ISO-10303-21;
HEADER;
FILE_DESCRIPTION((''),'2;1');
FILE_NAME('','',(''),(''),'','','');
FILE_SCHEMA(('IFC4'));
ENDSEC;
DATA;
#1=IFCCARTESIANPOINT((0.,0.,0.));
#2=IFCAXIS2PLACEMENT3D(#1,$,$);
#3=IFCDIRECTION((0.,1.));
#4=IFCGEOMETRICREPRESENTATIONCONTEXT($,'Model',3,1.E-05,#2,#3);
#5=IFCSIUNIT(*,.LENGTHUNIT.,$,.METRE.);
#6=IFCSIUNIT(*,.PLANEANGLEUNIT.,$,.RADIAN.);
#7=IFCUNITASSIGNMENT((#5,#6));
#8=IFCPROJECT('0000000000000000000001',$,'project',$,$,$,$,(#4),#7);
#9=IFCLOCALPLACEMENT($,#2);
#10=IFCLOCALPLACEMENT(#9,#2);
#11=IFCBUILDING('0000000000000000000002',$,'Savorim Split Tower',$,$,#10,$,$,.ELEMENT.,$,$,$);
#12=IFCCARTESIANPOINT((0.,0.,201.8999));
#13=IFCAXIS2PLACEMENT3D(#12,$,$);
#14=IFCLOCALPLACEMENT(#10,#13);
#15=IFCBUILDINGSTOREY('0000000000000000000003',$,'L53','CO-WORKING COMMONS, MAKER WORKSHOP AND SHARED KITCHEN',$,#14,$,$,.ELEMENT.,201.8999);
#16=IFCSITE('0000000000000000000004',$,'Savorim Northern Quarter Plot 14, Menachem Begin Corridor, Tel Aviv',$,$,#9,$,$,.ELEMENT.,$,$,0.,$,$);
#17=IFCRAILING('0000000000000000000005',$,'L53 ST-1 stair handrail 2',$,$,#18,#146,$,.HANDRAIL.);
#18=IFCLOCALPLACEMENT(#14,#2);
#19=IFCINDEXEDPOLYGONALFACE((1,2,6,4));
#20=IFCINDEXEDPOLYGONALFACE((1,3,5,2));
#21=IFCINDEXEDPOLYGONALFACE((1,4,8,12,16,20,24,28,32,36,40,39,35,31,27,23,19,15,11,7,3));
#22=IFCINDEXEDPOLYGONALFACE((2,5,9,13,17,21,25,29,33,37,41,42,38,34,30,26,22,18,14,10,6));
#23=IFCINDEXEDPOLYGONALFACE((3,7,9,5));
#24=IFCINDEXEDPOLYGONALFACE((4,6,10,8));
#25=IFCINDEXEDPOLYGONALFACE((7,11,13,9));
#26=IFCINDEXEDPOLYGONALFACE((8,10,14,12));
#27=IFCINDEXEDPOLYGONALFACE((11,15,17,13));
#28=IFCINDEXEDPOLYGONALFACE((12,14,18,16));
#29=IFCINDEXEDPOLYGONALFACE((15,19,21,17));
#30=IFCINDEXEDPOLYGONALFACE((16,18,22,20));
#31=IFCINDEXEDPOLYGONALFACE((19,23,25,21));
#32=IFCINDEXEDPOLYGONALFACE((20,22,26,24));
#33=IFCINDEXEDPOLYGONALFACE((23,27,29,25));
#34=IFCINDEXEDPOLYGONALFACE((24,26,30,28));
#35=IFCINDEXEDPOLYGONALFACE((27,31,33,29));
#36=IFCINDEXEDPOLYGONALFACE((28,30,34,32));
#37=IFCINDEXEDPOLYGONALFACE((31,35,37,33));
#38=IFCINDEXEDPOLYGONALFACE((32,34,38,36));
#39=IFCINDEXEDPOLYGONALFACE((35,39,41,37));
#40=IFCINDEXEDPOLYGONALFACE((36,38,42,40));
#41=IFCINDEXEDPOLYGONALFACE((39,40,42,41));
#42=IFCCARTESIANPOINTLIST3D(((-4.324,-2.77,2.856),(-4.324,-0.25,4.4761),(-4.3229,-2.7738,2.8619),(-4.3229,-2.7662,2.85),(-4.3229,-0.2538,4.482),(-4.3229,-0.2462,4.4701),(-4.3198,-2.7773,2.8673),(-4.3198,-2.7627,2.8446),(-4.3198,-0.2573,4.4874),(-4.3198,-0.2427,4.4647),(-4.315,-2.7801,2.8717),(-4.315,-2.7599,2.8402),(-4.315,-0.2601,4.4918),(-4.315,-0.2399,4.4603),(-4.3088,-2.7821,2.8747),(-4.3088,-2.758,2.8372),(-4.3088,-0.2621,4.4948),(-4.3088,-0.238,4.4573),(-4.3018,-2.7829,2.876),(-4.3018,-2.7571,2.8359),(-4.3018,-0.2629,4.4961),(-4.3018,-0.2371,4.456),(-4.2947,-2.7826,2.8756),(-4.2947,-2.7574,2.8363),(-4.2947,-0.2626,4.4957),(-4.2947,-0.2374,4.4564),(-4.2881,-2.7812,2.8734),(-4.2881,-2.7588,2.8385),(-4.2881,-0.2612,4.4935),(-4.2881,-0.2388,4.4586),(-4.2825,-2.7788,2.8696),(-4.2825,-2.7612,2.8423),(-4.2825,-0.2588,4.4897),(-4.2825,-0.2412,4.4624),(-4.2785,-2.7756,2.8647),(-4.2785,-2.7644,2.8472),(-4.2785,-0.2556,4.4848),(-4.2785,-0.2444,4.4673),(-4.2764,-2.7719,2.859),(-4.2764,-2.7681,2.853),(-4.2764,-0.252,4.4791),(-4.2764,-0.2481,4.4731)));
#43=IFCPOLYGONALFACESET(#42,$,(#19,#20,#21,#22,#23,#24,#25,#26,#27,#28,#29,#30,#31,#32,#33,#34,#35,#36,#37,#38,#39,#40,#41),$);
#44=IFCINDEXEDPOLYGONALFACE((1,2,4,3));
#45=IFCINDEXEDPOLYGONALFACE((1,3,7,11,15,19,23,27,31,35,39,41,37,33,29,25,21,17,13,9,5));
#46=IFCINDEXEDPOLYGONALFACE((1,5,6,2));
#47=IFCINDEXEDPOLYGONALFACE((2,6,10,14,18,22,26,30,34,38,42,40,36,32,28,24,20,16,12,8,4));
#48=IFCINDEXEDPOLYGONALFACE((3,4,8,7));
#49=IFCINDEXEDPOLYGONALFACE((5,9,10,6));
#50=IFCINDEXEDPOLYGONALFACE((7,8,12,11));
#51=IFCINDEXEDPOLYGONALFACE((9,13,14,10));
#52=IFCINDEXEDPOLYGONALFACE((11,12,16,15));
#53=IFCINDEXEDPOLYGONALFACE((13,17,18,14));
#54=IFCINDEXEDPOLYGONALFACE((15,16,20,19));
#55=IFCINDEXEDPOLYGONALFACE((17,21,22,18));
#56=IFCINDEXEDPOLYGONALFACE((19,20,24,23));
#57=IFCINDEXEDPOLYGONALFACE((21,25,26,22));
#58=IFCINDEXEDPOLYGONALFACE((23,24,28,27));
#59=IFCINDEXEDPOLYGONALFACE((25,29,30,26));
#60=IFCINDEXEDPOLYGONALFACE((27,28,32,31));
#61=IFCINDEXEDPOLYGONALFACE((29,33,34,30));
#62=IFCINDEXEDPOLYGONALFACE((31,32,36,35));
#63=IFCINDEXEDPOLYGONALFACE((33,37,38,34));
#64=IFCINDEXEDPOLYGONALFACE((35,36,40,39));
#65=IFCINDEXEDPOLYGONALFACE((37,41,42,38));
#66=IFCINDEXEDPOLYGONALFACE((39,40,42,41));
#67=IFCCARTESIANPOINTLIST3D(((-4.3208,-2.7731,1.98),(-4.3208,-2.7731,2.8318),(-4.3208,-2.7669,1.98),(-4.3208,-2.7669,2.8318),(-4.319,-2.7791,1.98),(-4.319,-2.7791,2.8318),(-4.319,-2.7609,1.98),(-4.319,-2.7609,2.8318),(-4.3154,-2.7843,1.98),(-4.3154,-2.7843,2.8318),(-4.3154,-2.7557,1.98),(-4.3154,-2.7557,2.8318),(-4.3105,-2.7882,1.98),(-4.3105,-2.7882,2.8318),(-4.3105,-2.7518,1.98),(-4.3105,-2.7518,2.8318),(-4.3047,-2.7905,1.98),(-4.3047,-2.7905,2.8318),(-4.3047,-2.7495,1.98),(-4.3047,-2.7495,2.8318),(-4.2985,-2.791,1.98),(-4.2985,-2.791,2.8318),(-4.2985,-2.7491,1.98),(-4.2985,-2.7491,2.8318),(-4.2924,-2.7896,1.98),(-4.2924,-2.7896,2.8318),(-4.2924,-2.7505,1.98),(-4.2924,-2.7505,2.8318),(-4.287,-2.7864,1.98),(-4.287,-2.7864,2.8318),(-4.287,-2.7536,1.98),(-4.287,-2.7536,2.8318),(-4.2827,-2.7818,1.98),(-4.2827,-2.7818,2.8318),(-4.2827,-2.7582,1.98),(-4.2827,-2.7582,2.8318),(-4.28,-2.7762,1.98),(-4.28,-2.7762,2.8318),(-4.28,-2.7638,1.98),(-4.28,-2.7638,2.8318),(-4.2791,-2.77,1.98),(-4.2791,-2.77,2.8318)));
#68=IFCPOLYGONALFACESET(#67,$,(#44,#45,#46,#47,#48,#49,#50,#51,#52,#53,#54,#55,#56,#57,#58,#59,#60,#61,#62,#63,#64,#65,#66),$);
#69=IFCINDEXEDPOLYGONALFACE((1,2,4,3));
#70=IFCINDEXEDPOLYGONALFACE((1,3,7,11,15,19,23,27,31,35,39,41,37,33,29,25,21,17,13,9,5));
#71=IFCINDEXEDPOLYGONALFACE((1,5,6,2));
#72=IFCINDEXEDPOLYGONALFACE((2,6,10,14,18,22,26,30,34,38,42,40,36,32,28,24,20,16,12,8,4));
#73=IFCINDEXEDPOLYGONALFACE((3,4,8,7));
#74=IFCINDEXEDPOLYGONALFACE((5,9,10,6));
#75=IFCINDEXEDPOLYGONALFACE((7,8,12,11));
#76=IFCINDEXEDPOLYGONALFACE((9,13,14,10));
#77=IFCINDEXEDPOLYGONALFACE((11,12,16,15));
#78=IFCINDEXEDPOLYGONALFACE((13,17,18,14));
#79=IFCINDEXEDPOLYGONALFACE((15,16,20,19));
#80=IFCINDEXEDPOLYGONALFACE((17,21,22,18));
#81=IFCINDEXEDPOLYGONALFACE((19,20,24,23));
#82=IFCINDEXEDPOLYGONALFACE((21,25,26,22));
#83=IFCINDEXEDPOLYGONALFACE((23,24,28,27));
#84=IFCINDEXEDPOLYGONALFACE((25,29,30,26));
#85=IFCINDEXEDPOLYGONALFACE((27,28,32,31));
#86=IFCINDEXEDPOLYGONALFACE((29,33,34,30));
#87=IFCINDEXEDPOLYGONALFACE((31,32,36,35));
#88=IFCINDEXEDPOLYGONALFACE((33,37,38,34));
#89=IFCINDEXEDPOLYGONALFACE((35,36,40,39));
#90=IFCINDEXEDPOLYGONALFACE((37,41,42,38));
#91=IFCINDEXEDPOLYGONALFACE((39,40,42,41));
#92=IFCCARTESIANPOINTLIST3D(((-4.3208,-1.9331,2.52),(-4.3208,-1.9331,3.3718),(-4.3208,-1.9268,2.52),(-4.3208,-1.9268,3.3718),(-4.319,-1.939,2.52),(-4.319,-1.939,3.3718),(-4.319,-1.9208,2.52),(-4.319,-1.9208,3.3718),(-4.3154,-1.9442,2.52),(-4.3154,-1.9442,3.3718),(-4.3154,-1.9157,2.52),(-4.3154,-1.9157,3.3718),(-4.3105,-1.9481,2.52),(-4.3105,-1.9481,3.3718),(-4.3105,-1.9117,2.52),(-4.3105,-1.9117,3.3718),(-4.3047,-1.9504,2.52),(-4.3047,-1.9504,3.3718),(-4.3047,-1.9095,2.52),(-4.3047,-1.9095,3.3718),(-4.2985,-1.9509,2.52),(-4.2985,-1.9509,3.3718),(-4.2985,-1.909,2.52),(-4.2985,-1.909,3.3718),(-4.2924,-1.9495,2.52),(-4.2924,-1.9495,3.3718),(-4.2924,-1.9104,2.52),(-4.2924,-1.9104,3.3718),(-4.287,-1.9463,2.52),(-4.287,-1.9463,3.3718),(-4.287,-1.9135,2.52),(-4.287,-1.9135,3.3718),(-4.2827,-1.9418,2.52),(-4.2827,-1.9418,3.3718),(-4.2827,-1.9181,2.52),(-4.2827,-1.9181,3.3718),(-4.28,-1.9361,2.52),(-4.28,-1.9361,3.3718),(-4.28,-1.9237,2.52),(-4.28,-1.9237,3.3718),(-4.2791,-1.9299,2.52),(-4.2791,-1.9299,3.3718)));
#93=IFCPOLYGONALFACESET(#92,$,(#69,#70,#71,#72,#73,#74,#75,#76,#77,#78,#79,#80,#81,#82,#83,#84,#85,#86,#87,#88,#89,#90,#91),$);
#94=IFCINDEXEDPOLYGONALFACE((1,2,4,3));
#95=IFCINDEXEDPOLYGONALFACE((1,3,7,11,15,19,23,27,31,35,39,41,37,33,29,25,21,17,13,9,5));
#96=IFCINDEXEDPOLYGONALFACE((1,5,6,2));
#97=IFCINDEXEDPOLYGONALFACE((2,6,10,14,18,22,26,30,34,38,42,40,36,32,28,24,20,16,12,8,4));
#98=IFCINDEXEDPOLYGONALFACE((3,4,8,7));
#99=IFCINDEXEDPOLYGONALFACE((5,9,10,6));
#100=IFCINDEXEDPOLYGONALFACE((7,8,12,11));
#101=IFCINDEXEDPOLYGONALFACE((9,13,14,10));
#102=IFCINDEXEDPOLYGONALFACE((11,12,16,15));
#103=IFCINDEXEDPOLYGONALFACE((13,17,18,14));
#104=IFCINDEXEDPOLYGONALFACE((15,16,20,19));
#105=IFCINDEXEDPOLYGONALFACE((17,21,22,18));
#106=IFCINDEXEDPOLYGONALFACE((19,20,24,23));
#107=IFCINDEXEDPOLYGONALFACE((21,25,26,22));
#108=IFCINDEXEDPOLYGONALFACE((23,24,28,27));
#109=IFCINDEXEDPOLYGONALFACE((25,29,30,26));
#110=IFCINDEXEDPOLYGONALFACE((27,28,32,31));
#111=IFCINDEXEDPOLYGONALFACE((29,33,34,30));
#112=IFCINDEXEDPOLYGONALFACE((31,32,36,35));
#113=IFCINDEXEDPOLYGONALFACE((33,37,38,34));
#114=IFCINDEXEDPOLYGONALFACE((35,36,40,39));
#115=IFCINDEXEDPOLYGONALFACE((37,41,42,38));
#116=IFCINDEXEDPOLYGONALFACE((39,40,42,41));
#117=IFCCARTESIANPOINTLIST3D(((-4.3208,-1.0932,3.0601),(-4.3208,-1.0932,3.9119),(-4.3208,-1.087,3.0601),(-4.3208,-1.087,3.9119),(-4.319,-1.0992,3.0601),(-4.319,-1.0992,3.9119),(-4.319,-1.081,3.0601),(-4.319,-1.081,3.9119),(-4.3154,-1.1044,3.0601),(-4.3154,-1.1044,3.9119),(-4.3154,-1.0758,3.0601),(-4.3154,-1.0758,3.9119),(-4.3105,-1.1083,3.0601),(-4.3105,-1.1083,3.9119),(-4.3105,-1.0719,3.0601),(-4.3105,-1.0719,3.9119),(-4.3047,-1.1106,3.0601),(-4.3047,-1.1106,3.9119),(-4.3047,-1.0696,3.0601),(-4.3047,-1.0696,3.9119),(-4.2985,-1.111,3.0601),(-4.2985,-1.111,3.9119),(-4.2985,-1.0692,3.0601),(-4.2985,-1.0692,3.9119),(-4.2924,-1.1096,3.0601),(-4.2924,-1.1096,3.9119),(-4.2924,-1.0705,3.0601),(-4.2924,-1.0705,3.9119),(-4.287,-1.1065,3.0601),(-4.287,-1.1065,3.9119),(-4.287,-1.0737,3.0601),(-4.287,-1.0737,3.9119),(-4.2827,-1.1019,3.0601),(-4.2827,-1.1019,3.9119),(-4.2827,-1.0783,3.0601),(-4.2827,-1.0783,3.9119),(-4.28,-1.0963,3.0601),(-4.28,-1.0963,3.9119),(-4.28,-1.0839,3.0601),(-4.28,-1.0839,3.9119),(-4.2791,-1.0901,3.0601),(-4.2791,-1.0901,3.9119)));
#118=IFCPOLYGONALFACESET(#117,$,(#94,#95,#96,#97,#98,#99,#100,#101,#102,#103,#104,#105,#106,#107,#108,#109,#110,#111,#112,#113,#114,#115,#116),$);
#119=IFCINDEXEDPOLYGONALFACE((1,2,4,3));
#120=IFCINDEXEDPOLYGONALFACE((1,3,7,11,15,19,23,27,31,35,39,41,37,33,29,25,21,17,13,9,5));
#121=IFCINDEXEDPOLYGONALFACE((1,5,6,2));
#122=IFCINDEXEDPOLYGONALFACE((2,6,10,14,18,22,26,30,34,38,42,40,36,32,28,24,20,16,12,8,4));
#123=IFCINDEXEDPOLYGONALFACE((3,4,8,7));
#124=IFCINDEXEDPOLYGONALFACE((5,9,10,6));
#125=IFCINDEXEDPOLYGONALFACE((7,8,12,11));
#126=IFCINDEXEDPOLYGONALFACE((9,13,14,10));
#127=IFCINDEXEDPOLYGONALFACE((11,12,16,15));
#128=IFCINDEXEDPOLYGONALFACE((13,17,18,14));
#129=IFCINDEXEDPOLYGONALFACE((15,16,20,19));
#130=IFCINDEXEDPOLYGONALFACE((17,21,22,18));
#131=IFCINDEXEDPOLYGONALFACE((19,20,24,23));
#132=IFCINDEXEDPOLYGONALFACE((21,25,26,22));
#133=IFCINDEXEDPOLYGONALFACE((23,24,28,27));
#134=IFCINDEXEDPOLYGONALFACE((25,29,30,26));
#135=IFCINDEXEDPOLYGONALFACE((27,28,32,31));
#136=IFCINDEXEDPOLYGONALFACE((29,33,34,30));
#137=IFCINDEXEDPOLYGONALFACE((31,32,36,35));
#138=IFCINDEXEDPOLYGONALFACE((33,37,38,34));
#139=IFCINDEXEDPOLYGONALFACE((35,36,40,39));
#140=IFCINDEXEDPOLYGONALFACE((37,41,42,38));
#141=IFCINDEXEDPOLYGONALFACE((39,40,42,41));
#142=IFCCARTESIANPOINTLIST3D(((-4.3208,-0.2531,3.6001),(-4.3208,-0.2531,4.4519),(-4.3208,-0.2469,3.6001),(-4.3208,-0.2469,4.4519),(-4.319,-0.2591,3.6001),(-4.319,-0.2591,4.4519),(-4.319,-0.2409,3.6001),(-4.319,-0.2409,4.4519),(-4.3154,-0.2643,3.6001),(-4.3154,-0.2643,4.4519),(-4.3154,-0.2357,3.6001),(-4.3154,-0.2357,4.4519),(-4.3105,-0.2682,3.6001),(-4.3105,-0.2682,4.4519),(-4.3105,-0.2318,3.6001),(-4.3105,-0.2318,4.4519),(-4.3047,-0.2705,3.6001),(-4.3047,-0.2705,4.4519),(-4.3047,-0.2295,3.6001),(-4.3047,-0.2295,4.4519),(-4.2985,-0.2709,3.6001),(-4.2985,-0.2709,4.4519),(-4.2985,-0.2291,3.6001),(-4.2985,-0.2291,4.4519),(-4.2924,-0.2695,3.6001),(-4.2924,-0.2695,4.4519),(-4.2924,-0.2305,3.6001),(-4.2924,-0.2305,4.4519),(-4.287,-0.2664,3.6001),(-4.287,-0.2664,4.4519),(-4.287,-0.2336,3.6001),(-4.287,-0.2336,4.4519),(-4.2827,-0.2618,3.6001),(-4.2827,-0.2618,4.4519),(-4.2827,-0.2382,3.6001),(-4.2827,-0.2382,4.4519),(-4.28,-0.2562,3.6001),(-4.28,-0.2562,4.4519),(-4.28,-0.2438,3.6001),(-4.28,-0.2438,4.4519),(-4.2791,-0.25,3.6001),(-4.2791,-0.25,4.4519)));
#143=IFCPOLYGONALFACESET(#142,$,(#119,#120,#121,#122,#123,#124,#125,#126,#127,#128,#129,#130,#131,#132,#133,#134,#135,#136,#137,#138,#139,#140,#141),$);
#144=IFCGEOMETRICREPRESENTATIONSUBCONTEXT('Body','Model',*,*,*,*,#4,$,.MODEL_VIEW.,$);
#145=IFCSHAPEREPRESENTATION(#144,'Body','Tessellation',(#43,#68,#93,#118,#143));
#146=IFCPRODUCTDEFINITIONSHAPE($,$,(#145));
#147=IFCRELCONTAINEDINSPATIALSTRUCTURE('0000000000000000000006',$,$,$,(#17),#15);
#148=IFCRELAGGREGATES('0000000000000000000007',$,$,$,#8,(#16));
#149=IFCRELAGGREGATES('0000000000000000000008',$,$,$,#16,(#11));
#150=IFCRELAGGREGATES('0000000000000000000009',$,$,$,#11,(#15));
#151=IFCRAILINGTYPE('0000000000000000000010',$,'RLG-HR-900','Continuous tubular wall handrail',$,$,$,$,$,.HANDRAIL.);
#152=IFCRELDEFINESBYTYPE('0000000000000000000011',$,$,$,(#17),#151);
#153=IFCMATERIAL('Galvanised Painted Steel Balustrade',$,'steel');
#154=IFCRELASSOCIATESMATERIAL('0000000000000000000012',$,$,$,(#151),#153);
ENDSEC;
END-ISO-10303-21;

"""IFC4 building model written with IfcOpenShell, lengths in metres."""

from ifc_helpers import new_model, si_unit, direction, frame, origin, origin_2d, place, context, subcontext, project, spatial, circle, extrude, material, type_object, element, save


model = new_model("IFC4")

# Units and contexts
model_context = context("Model", 3, precision=1e-05, world=origin(), true_north=direction((0.0, 1.0)))
body_context = subcontext(model_context, "Body", "Model", "MODEL_VIEW")
ifc_project = project(units=[si_unit("LENGTHUNIT", "METRE"), si_unit("PLANEANGLEUNIT", "RADIAN")], contexts=[model_context])

# Site, building, storey
site_placement = place(None, origin())
site = spatial("IfcSite", under=ifc_project, at=site_placement, Name="Savorim Northern Quarter Plot 14, Menachem Begin Corridor, Tel Aviv", CompositionType="ELEMENT", RefElevation=0.0)
building_placement = place(site_placement, origin())
building = spatial("IfcBuilding", under=site, at=building_placement, Name="Savorim Split Tower", CompositionType="ELEMENT")
storey_placement = place(building_placement, frame((0.0, 0.0, 201.8999)))
storey = spatial("IfcBuildingStorey", under=building, at=storey_placement, Name="L53", Description="CO-WORKING COMMONS, MAKER WORKSHOP AND SHARED KITCHEN", CompositionType="ELEMENT", Elevation=201.8999)

# Railing
ifc_material_1 = material(Name="Galvanised Painted Steel Balustrade", Category="steel")
railing_type = type_object("IfcRailingType", Name="RLG-HR-900", Description="Continuous tubular wall handrail", PredefinedType="HANDRAIL", material=ifc_material_1)
railing_placement = place(storey_placement, frame((-4.3, -2.77, 1.98)))
element("IfcRailing", 1, at=railing_placement, inside=storey, type_object=railing_type, Name="L53 ST-1 stair handrail 2", PredefinedType="HANDRAIL", context=body_context, shape_type="SweptSolid", body=[
    extrude(circle(Radius=0.0239, at=origin_2d()), frame((0.0, 0.0, 0.876), z_axis=(0.0, 0.841163, 0.540782), x_axis=(-1.0, 0.0, 0.0)), (0.0, 0.0, 1.0), 2.9958),
    extrude(circle(Radius=0.021, at=origin_2d()), origin(), (0.0, 0.0, 1.0), 0.8518),
    extrude(circle(Radius=0.021, at=origin_2d()), frame((0.0, 0.8401, 0.54)), (0.0, 0.0, 1.0), 0.8518),
    extrude(circle(Radius=0.021, at=origin_2d()), frame((0.0, 1.6799, 1.0801)), (0.0, 0.0, 1.0), 0.8518),
    extrude(circle(Radius=0.021, at=origin_2d()), frame((0.0, 2.52, 1.6201)), (0.0, 0.0, 1.0), 0.8518),
])

save(model, "model.ifc")
